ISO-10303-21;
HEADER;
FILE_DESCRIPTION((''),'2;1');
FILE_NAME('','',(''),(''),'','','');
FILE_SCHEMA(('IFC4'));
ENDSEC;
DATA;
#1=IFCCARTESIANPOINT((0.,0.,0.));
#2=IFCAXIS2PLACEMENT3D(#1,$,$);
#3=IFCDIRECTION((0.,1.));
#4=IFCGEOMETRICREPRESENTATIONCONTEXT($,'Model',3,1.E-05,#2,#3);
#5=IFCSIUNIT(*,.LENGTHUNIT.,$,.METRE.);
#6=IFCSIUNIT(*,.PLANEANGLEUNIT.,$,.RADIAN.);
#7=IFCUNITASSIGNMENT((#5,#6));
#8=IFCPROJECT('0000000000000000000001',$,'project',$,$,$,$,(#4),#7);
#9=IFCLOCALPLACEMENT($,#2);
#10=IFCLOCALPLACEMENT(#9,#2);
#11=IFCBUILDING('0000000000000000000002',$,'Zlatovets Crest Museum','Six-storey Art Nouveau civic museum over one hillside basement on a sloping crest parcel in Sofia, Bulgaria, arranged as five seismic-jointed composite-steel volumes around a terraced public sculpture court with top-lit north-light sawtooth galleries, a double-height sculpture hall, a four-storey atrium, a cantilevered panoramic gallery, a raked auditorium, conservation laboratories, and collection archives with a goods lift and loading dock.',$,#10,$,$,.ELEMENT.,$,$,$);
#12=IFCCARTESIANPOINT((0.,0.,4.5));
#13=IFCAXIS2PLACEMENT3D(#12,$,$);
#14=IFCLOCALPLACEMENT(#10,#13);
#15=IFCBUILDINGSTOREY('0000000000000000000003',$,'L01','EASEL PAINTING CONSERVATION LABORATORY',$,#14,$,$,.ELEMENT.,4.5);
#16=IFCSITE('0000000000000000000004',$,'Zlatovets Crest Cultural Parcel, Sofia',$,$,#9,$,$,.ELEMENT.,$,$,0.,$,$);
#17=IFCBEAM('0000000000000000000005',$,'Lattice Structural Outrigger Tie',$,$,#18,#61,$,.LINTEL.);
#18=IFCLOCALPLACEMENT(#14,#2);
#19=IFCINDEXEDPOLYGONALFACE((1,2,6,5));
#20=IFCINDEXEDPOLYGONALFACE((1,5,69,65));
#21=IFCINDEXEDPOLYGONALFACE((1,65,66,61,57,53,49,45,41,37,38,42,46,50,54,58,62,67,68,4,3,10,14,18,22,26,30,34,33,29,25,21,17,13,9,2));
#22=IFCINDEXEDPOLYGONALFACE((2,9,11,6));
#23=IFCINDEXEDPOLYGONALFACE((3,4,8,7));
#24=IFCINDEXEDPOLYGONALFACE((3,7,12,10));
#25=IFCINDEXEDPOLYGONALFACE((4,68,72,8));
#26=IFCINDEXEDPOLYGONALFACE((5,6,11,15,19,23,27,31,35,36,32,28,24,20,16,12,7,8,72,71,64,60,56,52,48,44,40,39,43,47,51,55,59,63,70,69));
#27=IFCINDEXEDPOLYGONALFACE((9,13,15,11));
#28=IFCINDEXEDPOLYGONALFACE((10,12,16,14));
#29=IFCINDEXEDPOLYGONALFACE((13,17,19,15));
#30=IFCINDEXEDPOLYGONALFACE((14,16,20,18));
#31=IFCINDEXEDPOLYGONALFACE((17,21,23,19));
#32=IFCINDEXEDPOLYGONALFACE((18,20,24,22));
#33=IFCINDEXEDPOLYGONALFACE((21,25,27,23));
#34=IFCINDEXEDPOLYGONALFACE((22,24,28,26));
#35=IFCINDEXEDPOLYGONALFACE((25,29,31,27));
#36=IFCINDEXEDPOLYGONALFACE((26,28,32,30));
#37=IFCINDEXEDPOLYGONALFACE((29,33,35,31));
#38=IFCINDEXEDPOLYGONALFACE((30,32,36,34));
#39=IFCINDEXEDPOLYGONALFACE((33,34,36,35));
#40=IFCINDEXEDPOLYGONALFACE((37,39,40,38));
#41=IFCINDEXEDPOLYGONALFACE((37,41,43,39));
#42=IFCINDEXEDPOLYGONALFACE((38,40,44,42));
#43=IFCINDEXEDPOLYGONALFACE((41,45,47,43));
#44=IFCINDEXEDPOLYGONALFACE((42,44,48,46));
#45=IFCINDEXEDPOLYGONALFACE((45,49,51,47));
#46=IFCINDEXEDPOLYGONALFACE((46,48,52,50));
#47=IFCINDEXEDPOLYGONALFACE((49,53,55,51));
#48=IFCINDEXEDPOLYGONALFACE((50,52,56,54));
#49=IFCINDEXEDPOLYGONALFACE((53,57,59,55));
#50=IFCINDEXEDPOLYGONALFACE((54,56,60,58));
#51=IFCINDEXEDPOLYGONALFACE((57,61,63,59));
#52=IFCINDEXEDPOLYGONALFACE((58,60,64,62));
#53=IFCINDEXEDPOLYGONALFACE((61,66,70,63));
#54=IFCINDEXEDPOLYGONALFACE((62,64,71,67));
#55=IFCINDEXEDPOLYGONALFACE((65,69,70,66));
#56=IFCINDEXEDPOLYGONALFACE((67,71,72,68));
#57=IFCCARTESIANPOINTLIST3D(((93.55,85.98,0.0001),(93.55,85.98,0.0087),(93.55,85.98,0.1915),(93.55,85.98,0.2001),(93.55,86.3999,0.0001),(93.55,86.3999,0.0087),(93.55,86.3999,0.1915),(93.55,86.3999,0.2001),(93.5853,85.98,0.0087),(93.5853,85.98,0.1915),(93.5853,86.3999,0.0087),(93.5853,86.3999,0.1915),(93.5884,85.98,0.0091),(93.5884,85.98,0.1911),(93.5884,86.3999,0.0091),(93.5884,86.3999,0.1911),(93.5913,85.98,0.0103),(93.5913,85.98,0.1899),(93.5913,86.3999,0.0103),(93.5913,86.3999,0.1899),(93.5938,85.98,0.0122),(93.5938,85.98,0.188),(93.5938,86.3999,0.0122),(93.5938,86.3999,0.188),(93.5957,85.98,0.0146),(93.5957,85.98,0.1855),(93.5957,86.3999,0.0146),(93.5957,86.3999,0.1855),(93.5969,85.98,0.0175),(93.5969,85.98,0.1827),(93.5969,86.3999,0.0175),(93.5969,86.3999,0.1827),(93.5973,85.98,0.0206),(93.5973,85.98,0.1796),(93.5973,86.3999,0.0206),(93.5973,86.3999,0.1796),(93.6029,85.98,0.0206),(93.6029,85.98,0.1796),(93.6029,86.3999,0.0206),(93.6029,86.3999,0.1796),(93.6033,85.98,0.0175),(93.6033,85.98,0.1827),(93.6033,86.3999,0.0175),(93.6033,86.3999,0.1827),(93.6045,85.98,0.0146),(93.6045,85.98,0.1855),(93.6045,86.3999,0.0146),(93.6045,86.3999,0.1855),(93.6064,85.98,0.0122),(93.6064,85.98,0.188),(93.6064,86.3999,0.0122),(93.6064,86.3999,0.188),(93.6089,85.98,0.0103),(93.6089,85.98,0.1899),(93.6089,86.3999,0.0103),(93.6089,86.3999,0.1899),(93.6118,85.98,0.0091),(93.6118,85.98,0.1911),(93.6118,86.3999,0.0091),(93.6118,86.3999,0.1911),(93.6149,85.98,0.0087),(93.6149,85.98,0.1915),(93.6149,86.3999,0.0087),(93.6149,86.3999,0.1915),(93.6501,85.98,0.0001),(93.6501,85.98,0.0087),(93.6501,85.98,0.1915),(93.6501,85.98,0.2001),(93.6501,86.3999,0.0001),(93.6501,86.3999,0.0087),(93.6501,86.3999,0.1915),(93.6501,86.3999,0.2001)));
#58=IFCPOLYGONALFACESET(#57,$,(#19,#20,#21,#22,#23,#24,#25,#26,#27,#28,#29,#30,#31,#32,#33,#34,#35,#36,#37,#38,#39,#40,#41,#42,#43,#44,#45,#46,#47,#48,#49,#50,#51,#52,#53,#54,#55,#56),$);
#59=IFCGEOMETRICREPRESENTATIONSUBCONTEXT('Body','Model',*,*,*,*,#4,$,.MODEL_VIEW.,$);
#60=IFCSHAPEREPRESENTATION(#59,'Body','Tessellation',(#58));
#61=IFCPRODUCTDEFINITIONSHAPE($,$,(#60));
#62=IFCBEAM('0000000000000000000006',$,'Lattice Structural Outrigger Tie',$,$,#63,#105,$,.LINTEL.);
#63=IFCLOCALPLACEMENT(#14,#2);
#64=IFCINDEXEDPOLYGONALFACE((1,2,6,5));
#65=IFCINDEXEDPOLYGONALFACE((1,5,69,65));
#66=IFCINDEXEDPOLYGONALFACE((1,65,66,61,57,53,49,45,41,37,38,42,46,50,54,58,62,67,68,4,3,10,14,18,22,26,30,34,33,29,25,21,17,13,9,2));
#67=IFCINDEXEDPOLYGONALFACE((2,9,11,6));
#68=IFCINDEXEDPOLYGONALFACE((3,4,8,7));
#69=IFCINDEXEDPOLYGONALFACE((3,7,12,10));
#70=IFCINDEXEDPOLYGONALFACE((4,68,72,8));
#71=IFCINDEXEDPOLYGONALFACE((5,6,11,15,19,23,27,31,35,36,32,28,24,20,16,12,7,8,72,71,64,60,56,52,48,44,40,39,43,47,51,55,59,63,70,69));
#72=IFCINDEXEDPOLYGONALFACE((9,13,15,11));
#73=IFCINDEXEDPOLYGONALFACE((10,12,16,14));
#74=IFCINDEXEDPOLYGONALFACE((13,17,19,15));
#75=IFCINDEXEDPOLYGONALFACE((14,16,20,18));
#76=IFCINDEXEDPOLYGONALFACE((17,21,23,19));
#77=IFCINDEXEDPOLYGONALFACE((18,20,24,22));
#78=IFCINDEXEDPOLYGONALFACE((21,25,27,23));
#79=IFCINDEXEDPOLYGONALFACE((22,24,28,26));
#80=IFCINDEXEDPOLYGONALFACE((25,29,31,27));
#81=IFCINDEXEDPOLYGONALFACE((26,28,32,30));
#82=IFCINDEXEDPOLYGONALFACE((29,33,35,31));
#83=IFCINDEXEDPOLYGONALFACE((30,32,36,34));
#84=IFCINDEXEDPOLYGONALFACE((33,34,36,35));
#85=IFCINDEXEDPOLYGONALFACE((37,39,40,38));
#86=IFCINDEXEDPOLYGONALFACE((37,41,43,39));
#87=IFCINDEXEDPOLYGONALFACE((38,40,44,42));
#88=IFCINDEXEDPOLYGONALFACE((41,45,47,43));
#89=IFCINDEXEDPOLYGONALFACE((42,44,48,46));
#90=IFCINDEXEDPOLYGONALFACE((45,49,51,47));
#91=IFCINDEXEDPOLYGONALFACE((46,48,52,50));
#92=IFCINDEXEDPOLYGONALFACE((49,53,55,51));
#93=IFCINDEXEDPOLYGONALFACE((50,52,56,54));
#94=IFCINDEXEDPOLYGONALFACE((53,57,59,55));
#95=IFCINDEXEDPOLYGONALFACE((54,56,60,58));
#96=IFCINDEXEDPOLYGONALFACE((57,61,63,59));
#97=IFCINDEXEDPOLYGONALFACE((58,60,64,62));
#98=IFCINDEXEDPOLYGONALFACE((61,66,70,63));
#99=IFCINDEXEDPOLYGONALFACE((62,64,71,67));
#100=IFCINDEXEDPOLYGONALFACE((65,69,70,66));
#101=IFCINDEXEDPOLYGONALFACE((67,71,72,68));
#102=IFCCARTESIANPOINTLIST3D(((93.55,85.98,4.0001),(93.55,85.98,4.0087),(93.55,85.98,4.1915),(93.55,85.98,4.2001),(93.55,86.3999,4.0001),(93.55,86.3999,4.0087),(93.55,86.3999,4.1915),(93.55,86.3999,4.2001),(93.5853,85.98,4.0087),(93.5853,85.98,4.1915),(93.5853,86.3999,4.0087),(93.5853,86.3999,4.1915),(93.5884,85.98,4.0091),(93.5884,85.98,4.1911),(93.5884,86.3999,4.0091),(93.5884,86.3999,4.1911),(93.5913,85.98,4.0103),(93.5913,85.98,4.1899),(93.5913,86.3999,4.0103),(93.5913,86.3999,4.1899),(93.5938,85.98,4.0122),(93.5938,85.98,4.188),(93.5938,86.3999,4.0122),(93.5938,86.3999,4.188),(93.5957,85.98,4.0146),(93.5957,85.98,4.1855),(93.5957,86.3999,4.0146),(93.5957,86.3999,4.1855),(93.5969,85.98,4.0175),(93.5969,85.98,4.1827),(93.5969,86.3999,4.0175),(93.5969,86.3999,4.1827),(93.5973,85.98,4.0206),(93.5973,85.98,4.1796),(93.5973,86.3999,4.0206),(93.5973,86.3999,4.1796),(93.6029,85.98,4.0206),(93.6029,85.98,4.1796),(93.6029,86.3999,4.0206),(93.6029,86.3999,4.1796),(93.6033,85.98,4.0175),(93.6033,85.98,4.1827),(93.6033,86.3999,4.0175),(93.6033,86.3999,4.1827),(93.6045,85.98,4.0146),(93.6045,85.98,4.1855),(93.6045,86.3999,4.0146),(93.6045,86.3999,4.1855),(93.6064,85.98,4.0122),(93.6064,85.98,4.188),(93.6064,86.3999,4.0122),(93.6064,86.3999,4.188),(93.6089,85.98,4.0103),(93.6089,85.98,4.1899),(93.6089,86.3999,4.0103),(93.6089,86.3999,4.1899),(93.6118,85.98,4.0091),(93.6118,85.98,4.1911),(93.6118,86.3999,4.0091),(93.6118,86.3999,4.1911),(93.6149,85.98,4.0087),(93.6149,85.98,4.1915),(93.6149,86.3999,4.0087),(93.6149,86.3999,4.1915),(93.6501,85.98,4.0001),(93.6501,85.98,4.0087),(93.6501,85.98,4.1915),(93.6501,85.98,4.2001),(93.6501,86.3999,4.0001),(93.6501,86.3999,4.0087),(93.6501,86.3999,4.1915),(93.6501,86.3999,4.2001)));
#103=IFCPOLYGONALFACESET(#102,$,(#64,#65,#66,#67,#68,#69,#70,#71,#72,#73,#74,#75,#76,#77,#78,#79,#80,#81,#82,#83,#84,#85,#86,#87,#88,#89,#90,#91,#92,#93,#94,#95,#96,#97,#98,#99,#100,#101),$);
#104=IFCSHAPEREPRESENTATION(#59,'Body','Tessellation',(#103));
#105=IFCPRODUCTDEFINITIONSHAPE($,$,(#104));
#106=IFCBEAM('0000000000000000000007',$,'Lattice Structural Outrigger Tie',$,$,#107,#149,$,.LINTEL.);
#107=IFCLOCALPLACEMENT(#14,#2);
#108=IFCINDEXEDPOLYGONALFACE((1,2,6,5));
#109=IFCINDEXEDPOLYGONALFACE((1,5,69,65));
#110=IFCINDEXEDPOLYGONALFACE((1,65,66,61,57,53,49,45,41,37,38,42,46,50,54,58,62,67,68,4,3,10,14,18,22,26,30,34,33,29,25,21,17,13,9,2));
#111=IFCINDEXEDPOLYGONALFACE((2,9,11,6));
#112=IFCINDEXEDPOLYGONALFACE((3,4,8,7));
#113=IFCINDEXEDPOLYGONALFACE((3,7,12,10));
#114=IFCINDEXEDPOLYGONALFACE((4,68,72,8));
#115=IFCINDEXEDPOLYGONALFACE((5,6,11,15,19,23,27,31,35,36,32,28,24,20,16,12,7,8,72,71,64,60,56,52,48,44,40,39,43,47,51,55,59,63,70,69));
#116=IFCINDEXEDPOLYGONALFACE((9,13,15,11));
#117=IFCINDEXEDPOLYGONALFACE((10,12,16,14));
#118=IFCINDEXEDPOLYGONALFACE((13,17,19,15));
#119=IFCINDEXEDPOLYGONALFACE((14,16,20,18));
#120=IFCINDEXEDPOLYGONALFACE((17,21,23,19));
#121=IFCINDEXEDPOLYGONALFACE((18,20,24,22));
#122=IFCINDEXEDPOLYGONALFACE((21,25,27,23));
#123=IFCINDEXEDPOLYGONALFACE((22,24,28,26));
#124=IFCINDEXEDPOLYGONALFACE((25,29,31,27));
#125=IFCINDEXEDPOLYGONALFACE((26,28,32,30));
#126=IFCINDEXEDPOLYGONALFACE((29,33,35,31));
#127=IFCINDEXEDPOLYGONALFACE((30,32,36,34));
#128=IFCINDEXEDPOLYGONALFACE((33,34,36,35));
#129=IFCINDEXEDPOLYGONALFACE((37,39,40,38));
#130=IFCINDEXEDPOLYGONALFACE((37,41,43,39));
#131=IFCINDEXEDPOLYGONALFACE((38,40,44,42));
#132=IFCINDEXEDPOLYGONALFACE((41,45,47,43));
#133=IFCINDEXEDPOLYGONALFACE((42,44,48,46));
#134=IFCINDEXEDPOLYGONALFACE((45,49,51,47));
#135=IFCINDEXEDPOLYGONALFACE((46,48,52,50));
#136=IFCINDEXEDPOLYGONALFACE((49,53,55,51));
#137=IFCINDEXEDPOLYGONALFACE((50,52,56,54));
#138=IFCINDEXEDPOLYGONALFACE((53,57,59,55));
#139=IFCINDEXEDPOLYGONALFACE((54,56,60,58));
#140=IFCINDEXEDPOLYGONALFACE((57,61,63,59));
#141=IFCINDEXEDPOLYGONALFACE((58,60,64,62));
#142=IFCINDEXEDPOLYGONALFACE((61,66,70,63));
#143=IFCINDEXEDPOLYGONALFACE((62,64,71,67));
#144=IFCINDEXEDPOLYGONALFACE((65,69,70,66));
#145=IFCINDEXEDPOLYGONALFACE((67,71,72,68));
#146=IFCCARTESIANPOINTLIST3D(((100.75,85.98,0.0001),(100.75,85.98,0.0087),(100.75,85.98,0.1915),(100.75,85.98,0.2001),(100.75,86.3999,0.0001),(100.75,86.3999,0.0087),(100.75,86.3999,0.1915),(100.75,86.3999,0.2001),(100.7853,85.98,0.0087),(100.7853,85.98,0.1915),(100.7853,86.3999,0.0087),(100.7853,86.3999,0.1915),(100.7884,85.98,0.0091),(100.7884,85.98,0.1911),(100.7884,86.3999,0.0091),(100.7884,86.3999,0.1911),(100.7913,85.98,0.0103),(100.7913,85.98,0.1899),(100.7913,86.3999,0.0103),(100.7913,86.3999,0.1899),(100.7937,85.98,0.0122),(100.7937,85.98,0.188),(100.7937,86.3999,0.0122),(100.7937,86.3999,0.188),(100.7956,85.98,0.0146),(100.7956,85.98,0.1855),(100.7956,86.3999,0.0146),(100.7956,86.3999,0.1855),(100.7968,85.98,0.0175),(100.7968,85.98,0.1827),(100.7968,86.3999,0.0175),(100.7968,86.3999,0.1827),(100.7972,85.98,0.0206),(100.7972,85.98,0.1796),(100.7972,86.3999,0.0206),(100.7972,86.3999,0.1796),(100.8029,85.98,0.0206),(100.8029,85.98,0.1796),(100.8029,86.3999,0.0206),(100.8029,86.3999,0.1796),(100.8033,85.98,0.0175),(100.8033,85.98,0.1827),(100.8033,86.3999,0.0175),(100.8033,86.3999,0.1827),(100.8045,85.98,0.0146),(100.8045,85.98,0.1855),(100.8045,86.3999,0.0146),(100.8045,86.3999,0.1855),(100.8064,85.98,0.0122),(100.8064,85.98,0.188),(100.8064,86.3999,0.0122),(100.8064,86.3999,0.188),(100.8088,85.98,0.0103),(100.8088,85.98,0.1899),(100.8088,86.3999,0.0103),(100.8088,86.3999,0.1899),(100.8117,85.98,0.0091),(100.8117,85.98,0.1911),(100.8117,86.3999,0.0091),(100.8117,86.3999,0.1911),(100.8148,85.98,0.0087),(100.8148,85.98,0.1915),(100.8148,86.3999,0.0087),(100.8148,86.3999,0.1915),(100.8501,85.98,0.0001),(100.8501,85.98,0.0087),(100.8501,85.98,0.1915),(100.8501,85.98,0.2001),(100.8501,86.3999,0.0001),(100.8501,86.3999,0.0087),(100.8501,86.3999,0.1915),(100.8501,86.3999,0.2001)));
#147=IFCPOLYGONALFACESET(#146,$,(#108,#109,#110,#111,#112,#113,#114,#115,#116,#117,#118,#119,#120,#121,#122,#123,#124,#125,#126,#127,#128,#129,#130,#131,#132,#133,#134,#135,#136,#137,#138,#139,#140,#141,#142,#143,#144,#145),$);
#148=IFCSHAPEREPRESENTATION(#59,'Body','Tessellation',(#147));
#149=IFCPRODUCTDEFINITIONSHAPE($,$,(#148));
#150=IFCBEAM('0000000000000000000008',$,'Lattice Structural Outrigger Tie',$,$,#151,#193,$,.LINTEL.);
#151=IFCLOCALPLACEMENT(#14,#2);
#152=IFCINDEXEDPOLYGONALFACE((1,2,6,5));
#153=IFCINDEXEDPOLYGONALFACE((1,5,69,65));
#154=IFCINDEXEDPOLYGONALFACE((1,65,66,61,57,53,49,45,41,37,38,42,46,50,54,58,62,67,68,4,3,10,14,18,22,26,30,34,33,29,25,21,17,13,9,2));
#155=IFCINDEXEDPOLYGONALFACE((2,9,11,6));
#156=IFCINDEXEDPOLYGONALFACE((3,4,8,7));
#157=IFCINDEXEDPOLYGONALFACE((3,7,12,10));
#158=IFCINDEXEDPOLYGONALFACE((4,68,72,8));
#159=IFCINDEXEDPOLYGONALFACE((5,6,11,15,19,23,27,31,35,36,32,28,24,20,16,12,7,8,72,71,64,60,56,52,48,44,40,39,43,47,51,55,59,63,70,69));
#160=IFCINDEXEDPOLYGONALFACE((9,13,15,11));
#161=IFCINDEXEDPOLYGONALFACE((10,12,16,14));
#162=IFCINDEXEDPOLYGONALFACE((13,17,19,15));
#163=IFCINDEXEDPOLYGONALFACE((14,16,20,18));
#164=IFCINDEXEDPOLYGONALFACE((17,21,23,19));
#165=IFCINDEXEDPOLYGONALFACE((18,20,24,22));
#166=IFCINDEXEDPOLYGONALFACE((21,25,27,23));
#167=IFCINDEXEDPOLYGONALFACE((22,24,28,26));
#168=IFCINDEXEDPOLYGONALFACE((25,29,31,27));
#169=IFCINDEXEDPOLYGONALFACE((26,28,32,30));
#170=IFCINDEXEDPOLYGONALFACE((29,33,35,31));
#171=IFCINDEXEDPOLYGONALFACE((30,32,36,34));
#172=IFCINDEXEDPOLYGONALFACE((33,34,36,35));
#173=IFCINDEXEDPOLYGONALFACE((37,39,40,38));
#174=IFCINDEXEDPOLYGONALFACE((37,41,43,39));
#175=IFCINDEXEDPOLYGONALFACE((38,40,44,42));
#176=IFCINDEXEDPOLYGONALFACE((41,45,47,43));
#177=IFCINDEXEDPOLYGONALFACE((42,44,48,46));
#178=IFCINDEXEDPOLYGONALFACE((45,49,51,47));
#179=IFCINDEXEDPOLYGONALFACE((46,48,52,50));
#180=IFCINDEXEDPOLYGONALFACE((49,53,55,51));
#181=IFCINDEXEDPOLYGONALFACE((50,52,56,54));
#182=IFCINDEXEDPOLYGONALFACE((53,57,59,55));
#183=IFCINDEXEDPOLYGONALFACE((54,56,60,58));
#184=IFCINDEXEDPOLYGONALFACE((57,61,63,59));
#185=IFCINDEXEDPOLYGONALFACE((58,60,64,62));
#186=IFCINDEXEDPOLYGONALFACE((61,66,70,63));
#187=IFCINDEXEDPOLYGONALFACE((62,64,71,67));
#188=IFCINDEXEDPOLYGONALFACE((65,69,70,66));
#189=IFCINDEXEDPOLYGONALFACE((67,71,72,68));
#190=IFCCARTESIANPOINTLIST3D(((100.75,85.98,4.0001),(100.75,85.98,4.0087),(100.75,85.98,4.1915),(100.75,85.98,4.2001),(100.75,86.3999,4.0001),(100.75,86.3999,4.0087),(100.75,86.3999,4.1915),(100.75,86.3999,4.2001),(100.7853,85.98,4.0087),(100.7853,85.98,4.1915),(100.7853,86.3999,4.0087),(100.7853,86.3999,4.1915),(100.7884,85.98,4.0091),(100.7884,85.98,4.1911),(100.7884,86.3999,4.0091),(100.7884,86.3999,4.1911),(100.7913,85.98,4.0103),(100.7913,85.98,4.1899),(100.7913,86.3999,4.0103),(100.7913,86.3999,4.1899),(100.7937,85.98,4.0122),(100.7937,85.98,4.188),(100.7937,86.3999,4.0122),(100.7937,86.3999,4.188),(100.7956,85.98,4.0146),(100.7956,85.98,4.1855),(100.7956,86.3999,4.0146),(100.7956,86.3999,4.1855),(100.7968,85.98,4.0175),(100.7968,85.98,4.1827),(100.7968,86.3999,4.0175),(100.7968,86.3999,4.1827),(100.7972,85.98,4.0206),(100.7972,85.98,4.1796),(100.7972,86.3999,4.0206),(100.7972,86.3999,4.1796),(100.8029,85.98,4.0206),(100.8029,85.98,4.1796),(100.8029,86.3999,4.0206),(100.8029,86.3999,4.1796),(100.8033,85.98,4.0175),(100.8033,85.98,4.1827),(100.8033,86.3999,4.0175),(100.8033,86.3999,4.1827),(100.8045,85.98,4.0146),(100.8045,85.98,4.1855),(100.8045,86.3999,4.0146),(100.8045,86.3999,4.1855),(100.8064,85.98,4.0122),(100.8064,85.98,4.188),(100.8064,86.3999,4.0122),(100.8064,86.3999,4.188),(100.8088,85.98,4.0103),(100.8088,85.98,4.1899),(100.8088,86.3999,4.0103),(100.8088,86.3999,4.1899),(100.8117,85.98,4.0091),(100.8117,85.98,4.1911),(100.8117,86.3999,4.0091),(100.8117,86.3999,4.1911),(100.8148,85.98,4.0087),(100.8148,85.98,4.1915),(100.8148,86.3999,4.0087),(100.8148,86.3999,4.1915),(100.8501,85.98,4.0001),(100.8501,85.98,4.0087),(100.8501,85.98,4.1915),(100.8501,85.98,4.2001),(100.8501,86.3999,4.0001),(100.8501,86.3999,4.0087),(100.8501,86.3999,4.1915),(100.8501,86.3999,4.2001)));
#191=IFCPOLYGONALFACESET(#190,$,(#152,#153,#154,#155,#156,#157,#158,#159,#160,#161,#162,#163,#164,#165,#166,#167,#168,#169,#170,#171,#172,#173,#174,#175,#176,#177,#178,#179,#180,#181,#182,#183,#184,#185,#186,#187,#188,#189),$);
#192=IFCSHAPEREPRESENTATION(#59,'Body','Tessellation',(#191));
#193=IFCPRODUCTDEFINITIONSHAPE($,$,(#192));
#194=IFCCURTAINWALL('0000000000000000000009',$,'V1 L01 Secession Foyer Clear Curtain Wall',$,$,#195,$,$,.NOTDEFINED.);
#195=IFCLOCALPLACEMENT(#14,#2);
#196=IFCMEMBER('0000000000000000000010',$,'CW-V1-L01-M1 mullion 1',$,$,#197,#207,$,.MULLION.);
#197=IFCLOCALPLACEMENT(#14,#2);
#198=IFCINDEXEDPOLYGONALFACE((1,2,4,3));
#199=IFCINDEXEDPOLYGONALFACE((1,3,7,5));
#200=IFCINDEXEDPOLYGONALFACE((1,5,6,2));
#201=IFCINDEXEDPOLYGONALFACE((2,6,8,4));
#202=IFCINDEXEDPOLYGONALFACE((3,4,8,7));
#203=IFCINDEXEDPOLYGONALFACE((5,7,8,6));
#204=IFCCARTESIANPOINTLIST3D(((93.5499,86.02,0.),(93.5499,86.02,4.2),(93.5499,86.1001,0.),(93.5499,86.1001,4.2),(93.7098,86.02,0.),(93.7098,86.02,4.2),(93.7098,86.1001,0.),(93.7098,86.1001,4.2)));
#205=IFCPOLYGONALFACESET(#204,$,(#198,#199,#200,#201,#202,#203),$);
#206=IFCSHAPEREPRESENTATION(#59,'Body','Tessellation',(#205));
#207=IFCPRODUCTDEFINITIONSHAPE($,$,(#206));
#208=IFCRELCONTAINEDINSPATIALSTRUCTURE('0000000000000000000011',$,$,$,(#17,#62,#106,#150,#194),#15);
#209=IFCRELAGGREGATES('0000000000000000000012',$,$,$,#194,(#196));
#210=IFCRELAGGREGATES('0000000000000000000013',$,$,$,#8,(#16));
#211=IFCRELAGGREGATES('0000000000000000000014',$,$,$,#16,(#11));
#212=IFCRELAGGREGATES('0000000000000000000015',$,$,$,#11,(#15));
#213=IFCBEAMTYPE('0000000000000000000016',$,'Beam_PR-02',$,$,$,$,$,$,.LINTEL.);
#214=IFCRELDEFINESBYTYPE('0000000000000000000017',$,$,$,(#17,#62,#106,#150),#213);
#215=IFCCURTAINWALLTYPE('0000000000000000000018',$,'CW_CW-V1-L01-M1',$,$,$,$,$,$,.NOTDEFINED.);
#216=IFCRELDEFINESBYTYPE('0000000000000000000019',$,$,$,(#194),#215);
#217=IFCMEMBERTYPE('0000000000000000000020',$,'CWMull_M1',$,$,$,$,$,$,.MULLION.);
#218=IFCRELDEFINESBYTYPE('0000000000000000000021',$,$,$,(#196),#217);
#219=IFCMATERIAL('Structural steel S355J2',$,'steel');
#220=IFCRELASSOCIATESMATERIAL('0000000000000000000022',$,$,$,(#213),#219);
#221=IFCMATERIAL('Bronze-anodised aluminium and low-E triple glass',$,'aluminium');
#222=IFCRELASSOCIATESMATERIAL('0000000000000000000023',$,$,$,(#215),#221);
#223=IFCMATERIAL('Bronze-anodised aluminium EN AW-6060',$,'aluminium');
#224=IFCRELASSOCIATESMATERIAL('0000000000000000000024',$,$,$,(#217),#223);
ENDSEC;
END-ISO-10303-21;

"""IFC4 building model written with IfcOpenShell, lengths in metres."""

from ifc_helpers import new_model, si_unit, direction, frame, origin, origin_2d, place, context, subcontext, project, spatial, rectangle, i_section, extrude, material, material_profile, profile_set, type_object, element, aggregate, save


model = new_model("IFC4")

# Units and contexts
model_context = context("Model", 3, precision=1e-05, world=origin(), true_north=direction((0.0, 1.0)))
body_context = subcontext(model_context, "Body", "Model", "MODEL_VIEW")
ifc_project = project(units=[si_unit("LENGTHUNIT", "METRE"), si_unit("PLANEANGLEUNIT", "RADIAN")], contexts=[model_context])

# Site, building, storey
site_placement = place(None, origin())
site = spatial("IfcSite", under=ifc_project, at=site_placement, Name="Zlatovets Crest Cultural Parcel, Sofia", CompositionType="ELEMENT", RefElevation=0.0)
building_placement = place(site_placement, origin())
building = spatial("IfcBuilding", under=site, at=building_placement, Name="Zlatovets Crest Museum", Description="Six-storey Art Nouveau civic museum over one hillside basement on a sloping crest parcel in Sofia, Bulgaria, arranged as five seismic-jointed composite-steel volumes around a terraced public sculpture court with top-lit north-light sawtooth galleries, a double-height sculpture hall, a four-storey atrium, a cantilevered panoramic gallery, a raked auditorium, conservation laboratories, and collection archives with a goods lift and loading dock.", CompositionType="ELEMENT")
storey_placement = place(building_placement, frame((0.0, 0.0, 4.5)))
storey = spatial("IfcBuildingStorey", under=building, at=storey_placement, Name="L01", Description="EASEL PAINTING CONSERVATION LABORATORY", CompositionType="ELEMENT", Elevation=4.5)

# Shared definitions
ifc_material_1 = material(Name="Structural steel S355J2", Category="steel")

# Beams
ifc_material_profile_1 = material_profile(ifc_material_1, i_section(OverallWidth=0.1001, OverallDepth=0.2, WebThickness=0.0056, FlangeThickness=0.0085, FilletRadius=0.012, at=origin_2d()), Name="IPE 200")
ifc_profile_set_1 = profile_set([ifc_material_profile_1], Name="Structural steel S355J2")
beam_type_1 = type_object("IfcBeamType", Name="Beam_PR-02", PredefinedType="LINTEL", material=ifc_profile_set_1)
for number, where, z_axis, x_axis, name in (
    (1, (93.6001, 86.3999, 0.1001), (0.0, -1.0, 0.0), (1.0, 0.0, 0.0), "Lattice Structural Outrigger Tie"),
    (2, (93.6001, 86.3999, 4.1001), (0.0, -1.0, 0.0), (1.0, 0.0, 0.0), "Lattice Structural Outrigger Tie"),
    (3, (100.8, 86.3999, 0.1001), (0.0, -1.0, 0.0), (1.0, 0.0, 0.0), "Lattice Structural Outrigger Tie"),
    (4, (100.8, 86.3999, 4.1001), (0.0, -1.0, 0.0), (1.0, 0.0, 0.0), "Lattice Structural Outrigger Tie"),
):
    element("IfcBeam", number, at=place(storey_placement, frame(where, z_axis=z_axis, x_axis=x_axis)), inside=storey, type_object=beam_type_1, Name=name, PredefinedType="LINTEL", context=body_context, shape_type="SweptSolid", body=[
        extrude(i_section(OverallWidth=0.1001, OverallDepth=0.2, WebThickness=0.0056, FlangeThickness=0.0085, FilletRadius=0.012, at=origin_2d()), origin(), (0.0, 0.0, 1.0), 0.4199),
    ])

# Curtain wall, member
ifc_material_2 = material(Name="Bronze-anodised aluminium and low-E triple glass", Category="aluminium")
curtain_wall_type_1 = type_object("IfcCurtainWallType", Name="CW_CW-V1-L01-M1", PredefinedType="NOTDEFINED", material=ifc_material_2)
curtain_wall_1_placement = place(storey_placement, origin())
curtain_wall_1 = element("IfcCurtainWall", 5, at=curtain_wall_1_placement, inside=storey, type_object=curtain_wall_type_1, Name="V1 L01 Secession Foyer Clear Curtain Wall", PredefinedType="NOTDEFINED")
ifc_material_3 = material(Name="Bronze-anodised aluminium EN AW-6060", Category="aluminium")
ifc_material_profile_2 = material_profile(ifc_material_3, rectangle(XDim=0.0801, YDim=0.1599, at=origin_2d()), Name="ALU 80x160")
ifc_profile_set_2 = profile_set([ifc_material_profile_2], Name="Bronze-anodised aluminium EN AW-6060")
member_type_1 = type_object("IfcMemberType", Name="CWMull_M1", PredefinedType="MULLION", material=ifc_profile_set_2)
member_1_placement = place(storey_placement, frame((93.6299, 86.0601, 0.0), z_axis=(0.0, 0.0, 1.0), x_axis=(0.0, 1.0, 0.0)))
member_1 = element("IfcMember", 6, at=member_1_placement, type_object=member_type_1, Name="CW-V1-L01-M1 mullion 1", PredefinedType="MULLION", context=body_context, shape_type="SweptSolid", body=[
    extrude(rectangle(XDim=0.0801, YDim=0.1599, at=origin_2d()), origin(), (0.0, 0.0, 1.0), 4.2),
])

aggregate(curtain_wall_1, [member_1])

save(model, "model.ifc")
